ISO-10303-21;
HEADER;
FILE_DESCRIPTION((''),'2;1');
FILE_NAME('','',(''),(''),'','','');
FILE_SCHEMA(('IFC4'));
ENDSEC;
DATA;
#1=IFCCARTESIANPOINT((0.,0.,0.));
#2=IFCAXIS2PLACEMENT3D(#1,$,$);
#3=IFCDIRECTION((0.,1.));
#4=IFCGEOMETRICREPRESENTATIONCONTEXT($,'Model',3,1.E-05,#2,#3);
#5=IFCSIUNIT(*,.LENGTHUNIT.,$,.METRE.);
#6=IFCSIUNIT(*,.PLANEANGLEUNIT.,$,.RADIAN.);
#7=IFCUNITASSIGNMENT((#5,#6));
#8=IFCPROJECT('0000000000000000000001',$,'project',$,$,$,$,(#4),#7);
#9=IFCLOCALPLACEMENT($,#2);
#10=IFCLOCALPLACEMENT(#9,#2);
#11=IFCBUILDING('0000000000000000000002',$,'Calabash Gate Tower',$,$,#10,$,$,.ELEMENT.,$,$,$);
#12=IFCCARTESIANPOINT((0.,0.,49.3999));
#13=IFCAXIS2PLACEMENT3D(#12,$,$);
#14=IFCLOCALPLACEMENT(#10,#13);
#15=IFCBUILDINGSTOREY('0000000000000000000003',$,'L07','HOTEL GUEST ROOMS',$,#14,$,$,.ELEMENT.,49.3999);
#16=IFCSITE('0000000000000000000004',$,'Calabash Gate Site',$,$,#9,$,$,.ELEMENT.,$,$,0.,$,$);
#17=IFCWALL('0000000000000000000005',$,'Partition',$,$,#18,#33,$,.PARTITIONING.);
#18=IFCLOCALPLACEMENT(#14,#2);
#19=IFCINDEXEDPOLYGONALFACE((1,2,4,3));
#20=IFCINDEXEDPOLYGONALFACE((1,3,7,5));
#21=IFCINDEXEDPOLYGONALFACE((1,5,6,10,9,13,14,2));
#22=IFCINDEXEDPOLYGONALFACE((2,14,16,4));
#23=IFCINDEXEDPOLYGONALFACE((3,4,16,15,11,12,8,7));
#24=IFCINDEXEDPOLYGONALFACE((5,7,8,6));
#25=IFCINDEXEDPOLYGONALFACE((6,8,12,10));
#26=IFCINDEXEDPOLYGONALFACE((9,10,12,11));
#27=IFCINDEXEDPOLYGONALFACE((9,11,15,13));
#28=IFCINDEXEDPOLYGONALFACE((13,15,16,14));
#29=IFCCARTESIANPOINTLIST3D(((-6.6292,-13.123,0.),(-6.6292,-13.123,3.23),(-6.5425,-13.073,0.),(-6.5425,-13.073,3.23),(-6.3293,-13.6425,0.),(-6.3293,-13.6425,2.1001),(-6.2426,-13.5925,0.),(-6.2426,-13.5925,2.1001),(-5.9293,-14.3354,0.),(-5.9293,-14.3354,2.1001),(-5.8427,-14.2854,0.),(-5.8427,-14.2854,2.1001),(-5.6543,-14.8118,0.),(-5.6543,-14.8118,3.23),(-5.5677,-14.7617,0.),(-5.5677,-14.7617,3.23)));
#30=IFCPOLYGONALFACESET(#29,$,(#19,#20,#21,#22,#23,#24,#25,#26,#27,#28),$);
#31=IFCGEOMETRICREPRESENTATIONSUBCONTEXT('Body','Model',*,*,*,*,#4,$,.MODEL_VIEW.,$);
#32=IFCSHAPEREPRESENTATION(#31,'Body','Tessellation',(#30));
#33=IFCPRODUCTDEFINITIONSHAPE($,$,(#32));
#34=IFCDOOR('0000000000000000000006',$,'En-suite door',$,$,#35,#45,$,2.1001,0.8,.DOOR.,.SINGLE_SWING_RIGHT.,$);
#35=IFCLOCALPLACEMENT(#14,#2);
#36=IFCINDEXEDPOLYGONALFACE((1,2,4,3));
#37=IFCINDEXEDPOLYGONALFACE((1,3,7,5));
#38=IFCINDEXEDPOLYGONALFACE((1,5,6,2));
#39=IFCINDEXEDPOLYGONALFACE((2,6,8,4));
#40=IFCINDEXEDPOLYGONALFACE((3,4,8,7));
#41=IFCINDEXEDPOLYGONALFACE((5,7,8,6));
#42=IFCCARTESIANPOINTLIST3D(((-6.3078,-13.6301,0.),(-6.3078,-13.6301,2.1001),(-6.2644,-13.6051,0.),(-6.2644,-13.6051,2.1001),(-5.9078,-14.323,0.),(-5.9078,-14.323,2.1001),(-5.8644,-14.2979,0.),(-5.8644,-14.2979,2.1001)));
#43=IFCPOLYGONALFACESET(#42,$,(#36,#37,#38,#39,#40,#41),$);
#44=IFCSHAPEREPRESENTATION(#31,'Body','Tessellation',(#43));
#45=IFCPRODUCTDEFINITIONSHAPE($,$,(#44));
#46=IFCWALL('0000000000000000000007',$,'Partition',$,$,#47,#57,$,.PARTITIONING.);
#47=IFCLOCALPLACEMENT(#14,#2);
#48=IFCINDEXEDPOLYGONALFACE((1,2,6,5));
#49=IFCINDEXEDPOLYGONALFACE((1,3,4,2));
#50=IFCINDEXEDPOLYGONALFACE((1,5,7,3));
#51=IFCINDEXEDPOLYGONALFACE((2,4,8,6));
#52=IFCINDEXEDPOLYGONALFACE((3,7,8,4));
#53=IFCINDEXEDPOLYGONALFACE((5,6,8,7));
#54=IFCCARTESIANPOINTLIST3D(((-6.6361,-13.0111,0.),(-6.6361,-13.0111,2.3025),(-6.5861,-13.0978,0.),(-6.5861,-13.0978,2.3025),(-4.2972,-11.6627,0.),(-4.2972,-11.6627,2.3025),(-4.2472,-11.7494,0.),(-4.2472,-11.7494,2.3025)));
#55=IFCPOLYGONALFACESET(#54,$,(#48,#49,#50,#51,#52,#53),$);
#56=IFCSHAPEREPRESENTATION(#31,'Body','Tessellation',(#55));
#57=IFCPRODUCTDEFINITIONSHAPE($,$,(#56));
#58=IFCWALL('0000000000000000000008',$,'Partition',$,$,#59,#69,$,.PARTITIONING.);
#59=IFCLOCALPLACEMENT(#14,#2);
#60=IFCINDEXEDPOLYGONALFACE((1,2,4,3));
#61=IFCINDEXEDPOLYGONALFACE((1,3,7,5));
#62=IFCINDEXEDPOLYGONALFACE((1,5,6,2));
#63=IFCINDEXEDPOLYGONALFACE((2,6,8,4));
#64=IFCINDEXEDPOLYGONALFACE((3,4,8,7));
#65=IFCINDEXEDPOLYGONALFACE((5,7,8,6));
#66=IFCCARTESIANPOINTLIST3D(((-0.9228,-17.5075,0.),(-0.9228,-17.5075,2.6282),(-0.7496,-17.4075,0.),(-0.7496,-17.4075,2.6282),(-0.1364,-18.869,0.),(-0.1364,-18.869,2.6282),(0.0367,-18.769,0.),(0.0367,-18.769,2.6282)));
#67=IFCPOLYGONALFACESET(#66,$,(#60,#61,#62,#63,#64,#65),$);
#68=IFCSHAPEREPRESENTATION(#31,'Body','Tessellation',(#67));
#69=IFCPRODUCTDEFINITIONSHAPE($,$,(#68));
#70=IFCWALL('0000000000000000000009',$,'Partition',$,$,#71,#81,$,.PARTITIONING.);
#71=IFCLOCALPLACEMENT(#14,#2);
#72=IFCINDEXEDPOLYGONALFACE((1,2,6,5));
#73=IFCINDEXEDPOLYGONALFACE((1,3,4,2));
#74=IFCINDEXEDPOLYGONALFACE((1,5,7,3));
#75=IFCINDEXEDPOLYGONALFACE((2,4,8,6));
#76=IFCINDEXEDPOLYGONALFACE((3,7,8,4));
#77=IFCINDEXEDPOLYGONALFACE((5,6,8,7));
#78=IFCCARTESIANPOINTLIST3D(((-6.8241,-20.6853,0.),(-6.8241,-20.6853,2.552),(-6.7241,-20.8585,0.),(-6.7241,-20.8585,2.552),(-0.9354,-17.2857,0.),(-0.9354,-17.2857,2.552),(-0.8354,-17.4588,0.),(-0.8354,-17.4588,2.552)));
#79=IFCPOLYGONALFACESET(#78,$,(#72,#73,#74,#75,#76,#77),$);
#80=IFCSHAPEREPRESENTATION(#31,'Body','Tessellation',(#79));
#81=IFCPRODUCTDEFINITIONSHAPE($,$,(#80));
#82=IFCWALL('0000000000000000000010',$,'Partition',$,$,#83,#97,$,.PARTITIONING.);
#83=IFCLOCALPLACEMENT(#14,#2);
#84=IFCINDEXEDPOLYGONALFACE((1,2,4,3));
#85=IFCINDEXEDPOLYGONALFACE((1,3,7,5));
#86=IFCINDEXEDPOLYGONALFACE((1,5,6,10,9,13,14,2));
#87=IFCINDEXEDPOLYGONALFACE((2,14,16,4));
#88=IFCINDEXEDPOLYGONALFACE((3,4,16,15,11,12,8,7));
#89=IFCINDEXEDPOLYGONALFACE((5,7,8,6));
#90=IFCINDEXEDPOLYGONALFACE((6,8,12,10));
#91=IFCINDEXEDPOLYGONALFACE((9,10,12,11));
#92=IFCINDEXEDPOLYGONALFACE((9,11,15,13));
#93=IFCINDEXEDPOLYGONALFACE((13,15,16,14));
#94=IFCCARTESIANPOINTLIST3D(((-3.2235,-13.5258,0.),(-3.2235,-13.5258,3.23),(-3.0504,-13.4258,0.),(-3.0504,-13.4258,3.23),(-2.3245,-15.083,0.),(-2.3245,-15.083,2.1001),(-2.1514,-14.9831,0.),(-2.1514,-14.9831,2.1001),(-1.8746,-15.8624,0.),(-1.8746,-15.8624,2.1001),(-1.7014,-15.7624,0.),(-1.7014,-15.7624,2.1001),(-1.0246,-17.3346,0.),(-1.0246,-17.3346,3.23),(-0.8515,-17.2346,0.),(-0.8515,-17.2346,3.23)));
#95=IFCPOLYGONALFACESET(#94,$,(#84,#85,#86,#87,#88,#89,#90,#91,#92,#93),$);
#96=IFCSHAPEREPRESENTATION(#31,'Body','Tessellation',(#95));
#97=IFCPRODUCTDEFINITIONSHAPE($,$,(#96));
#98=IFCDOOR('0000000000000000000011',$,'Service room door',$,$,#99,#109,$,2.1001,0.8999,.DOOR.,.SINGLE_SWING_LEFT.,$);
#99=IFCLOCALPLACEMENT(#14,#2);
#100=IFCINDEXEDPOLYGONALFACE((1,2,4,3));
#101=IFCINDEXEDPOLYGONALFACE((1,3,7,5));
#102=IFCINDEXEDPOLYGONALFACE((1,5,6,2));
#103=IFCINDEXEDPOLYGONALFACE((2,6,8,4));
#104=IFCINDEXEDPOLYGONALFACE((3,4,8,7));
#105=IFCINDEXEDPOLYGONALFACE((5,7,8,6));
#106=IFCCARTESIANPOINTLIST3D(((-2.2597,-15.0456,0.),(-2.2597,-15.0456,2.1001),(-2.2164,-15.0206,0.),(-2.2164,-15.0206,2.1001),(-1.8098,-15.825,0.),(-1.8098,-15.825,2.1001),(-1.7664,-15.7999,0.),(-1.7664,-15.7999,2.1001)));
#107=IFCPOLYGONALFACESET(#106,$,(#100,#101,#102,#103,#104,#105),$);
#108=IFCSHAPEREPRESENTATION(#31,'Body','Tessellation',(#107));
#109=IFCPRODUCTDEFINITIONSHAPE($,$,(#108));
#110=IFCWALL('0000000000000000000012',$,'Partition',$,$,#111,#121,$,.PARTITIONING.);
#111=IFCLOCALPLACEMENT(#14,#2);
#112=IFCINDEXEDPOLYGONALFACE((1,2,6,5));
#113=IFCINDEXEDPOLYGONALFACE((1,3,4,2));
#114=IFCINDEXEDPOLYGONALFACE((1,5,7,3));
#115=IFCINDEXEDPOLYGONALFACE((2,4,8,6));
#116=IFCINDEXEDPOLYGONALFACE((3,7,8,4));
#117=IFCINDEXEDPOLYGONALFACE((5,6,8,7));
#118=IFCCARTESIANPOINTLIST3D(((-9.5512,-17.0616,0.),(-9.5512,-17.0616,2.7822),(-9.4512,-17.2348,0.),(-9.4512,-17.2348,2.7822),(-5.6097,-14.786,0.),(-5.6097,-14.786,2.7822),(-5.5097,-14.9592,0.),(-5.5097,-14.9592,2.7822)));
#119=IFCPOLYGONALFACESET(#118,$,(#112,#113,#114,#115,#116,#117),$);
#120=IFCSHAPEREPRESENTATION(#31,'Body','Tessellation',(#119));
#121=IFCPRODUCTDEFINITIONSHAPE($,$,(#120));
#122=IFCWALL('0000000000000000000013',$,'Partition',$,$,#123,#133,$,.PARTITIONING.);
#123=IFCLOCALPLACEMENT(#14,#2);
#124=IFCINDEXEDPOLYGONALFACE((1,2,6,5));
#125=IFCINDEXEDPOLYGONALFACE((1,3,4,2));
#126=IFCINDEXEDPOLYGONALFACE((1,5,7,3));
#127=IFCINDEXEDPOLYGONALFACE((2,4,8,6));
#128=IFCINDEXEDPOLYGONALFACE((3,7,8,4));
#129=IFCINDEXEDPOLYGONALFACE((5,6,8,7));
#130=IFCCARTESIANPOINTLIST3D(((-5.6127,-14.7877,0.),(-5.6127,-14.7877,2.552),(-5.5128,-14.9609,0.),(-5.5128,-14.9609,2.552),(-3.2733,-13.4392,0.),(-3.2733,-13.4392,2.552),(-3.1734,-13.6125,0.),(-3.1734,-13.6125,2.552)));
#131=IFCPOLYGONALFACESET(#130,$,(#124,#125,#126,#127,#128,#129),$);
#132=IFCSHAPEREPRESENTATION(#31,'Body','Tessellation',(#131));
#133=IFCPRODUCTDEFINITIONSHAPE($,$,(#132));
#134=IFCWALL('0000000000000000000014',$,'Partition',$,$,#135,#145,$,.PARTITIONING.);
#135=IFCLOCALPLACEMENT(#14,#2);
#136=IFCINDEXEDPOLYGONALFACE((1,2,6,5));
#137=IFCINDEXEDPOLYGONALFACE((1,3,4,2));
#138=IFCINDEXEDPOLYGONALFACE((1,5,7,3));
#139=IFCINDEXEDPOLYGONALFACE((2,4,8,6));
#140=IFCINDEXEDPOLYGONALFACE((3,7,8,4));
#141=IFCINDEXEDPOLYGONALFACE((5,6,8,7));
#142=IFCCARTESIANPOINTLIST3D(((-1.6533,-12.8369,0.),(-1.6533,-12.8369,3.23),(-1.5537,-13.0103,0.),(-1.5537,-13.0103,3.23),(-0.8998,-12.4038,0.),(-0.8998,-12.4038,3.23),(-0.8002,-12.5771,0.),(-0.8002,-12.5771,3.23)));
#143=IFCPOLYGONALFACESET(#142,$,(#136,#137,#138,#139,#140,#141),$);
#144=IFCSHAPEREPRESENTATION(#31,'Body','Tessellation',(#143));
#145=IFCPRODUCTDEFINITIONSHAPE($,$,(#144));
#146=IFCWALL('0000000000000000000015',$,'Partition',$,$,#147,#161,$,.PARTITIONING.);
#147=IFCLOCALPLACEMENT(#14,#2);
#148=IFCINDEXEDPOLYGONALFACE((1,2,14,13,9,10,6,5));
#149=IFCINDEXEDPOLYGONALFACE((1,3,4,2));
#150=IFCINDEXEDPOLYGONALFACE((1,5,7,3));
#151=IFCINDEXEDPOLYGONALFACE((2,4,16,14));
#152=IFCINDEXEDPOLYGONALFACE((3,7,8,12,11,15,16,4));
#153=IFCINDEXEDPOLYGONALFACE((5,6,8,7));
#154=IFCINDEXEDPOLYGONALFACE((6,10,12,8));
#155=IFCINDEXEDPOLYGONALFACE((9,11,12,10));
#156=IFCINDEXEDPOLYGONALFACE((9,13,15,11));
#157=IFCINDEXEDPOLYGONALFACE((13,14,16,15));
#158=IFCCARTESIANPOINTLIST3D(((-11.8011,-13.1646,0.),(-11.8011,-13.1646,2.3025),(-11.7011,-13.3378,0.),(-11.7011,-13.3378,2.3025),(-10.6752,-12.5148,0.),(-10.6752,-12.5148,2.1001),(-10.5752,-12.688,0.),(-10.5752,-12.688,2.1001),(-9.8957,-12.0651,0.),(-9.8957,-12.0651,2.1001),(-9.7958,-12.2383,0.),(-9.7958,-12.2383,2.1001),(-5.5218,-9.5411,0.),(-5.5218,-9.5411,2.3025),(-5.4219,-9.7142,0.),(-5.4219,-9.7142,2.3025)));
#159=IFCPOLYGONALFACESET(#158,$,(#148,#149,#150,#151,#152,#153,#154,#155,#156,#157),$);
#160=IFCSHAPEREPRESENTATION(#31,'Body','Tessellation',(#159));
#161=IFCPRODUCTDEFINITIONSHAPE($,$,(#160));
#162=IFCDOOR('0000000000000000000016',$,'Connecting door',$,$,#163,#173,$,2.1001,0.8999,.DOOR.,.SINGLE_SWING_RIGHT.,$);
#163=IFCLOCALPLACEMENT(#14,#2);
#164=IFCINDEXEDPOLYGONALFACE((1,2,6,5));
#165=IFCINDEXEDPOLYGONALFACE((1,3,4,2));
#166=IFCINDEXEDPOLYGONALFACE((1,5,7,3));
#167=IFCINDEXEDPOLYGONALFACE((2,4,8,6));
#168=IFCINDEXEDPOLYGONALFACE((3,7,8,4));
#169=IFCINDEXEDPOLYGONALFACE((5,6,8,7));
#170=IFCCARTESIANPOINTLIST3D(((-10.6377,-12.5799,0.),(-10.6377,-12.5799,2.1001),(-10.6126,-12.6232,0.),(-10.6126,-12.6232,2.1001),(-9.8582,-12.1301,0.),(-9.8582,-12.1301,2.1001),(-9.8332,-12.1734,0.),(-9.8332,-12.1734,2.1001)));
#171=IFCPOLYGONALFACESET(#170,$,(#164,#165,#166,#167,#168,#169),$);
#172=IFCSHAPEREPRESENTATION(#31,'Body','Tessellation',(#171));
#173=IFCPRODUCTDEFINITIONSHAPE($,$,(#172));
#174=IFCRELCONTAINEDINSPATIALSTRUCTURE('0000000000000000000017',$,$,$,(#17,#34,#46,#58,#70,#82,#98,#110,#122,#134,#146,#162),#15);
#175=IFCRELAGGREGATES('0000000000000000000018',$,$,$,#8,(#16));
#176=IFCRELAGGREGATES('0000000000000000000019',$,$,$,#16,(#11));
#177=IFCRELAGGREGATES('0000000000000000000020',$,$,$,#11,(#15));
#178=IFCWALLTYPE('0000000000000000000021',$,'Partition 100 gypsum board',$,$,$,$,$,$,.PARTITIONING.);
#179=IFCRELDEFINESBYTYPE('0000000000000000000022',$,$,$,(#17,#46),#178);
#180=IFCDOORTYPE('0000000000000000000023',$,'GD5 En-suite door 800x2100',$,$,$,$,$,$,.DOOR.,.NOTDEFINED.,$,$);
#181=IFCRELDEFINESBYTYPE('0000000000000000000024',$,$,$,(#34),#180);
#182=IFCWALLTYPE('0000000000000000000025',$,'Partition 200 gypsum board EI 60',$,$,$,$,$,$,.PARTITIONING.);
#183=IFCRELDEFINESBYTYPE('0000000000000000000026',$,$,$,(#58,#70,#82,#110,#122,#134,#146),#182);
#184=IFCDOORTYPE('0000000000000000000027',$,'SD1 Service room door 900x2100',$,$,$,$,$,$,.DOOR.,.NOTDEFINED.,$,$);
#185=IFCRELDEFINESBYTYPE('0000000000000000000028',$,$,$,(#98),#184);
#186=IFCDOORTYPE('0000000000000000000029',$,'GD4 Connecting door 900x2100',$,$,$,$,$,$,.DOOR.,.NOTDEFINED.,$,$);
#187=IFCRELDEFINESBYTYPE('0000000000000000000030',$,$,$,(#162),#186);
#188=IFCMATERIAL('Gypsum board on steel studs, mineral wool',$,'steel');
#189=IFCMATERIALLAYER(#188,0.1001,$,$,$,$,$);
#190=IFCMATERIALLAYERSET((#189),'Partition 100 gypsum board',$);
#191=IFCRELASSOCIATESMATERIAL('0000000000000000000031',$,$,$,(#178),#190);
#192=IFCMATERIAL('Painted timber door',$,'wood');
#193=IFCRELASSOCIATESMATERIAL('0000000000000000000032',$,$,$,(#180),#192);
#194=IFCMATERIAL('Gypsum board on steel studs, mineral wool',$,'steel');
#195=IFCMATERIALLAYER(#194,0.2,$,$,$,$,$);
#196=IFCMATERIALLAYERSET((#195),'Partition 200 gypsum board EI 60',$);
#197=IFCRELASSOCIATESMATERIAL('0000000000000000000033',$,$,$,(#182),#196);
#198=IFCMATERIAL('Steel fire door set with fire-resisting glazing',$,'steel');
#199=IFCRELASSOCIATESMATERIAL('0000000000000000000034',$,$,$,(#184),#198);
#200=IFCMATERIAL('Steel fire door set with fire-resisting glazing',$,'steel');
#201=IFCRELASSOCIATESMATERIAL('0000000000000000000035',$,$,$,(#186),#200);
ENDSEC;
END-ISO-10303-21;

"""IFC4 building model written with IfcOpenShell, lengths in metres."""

from ifc_helpers import new_model, si_unit, direction, frame, frame_2d, origin, place, context, subcontext, project, spatial, rectangle, extrude, material, layer, layer_set, type_object, element, fill, save


model = new_model("IFC4")

# Units and contexts
model_context = context("Model", 3, precision=1e-05, world=origin(), true_north=direction((0.0, 1.0)))
body_context = subcontext(model_context, "Body", "Model", "MODEL_VIEW")
ifc_project = project(units=[si_unit("LENGTHUNIT", "METRE"), si_unit("PLANEANGLEUNIT", "RADIAN")], contexts=[model_context])

# Site, building, storey
site_placement = place(None, origin())
site = spatial("IfcSite", under=ifc_project, at=site_placement, Name="Calabash Gate Site", CompositionType="ELEMENT", RefElevation=0.0)
building_placement = place(site_placement, origin())
building = spatial("IfcBuilding", under=site, at=building_placement, Name="Calabash Gate Tower", CompositionType="ELEMENT")
storey_placement = place(building_placement, frame((0.0, 0.0, 49.3999)))
storey = spatial("IfcBuildingStorey", under=building, at=storey_placement, Name="L07", Description="HOTEL GUEST ROOMS", CompositionType="ELEMENT", Elevation=49.3999)

# Shared definitions
ifc_material_1 = material(Name="Gypsum board on steel studs, mineral wool", Category="steel")
ifc_layer_1 = layer(ifc_material_1, 0.1001)
ifc_layer_set_1 = layer_set([ifc_layer_1], Name="Partition 100 gypsum board")
wall_type_1 = type_object("IfcWallType", Name="Partition 100 gypsum board", PredefinedType="PARTITIONING", material=ifc_layer_set_1)

# Wall, opening, door
wall_1_placement = place(storey_placement, frame((-6.5859, -13.0979, 0.0), z_axis=(0.0, 0.0, 1.0), x_axis=(0.49995, -0.866054, 0.0)))
wall_1 = element("IfcWall", 1, at=wall_1_placement, inside=storey, type_object=wall_type_1, Name="Partition", PredefinedType="PARTITIONING", context=body_context, shape_type="SweptSolid", body=[
    extrude(rectangle(XDim=1.95, YDim=0.1001, at=frame_2d((0.9751, 0.0))), origin(), (0.0, 0.0, 1.0), 3.23),
])
opening_1_placement = place(wall_1_placement, frame((0.6001, 0.0, 0.0)))
opening_1 = element("IfcOpeningElement", 2, at=opening_1_placement, cuts=wall_1, PredefinedType="OPENING", context=body_context, shape_type="SweptSolid", body=[
    extrude(rectangle(XDim=0.8, YDim=2.1001, at=frame_2d((0.3999, 1.05))), frame((0.0, 0.0601, 0.0), z_axis=(0.0, -1.0, 0.0), x_axis=(1.0, 0.0, 0.0)), (0.0, 0.0, 1.0), 0.1201),
])
ifc_material_2 = material(Name="Painted timber door", Category="wood")
door_type_1 = type_object("IfcDoorType", Name="GD5 En-suite door 800x2100", OperationType="NOTDEFINED", PredefinedType="DOOR", material=ifc_material_2)
door_1_placement = place(opening_1_placement, origin())
door_1 = element("IfcDoor", 3, at=door_1_placement, inside=storey, type_object=door_type_1, Name="En-suite door", OperationType="SINGLE_SWING_RIGHT", OverallHeight=2.1001, OverallWidth=0.8, PredefinedType="DOOR", context=body_context, shape_type="SweptSolid", body=[
    extrude(rectangle(XDim=0.8, YDim=2.1001, at=frame_2d((0.3999, 1.05))), frame((0.0, 0.0249, 0.0), z_axis=(0.0, -1.0, 0.0), x_axis=(1.0, 0.0, 0.0)), (0.0, 0.0, 1.0), 0.05),
])
fill(opening_1, door_1)

# Walls
wall_2_placement = place(storey_placement, frame((-6.6111, -13.0544, 0.0), z_axis=(0.0, 0.0, 1.0), x_axis=(0.866339, 0.499456, 0.0)))
element("IfcWall", 4, at=wall_2_placement, inside=storey, type_object=wall_type_1, Name="Partition", PredefinedType="PARTITIONING", context=body_context, shape_type="SweptSolid", body=[
    extrude(rectangle(XDim=2.6997, YDim=0.1001, at=frame_2d((1.3499, 0.0))), origin(), (0.0, 0.0, 1.0), 2.3025),
])
ifc_material_3 = material(Name="Gypsum board on steel studs, mineral wool", Category="steel")
ifc_layer_2 = layer(ifc_material_3, 0.2)
ifc_layer_set_2 = layer_set([ifc_layer_2], Name="Partition 200 gypsum board EI 60")
wall_type_2 = type_object("IfcWallType", Name="Partition 200 gypsum board EI 60", PredefinedType="PARTITIONING", material=ifc_layer_set_2)
wall_3_placement = place(storey_placement, frame((-0.8362, -17.4575, 0.0), z_axis=(0.0, 0.0, 1.0), x_axis=(0.50013, -0.86595, 0.0)))
element("IfcWall", 5, at=wall_3_placement, inside=storey, type_object=wall_type_2, Name="Partition", PredefinedType="PARTITIONING", context=body_context, shape_type="SweptSolid", body=[
    extrude(rectangle(XDim=1.5723, YDim=0.2, at=frame_2d((0.7861, 0.0))), origin(), (0.0, 0.0, 1.0), 2.6282),
])
wall_4_placement = place(storey_placement, frame((-6.7742, -20.772, 0.0), z_axis=(0.0, 0.0, 1.0), x_axis=(0.866036, 0.499981, 0.0)))
element("IfcWall", 6, at=wall_4_placement, inside=storey, type_object=wall_type_2, Name="Partition", PredefinedType="PARTITIONING", context=body_context, shape_type="SweptSolid", body=[
    extrude(rectangle(XDim=6.7996, YDim=0.2, at=frame_2d((3.3999, 0.0))), origin(), (0.0, 0.0, 1.0), 2.552),
])

# Wall, opening, door
wall_5_placement = place(storey_placement, frame((-3.137, -13.4758, 0.0), z_axis=(0.0, 0.0, 1.0), x_axis=(0.49999, -0.866031, 0.0)))
wall_5 = element("IfcWall", 7, at=wall_5_placement, inside=storey, type_object=wall_type_2, Name="Partition", PredefinedType="PARTITIONING", context=body_context, shape_type="SweptSolid", body=[
    extrude(rectangle(XDim=4.3979, YDim=0.2, at=frame_2d((2.199, 0.0))), origin(), (0.0, 0.0, 1.0), 3.23),
])
opening_2_placement = place(wall_5_placement, frame((1.7981, 0.0, 0.0)))
opening_2 = element("IfcOpeningElement", 8, at=opening_2_placement, cuts=wall_5, PredefinedType="OPENING", context=body_context, shape_type="SweptSolid", body=[
    extrude(rectangle(XDim=0.8999, YDim=2.1001, at=frame_2d((0.45, 1.05))), frame((0.0, 0.1099, 0.0), z_axis=(0.0, -1.0, 0.0), x_axis=(1.0, 0.0, 0.0)), (0.0, 0.0, 1.0), 0.22),
])
ifc_material_4 = material(Name="Steel fire door set with fire-resisting glazing", Category="steel")
door_type_2 = type_object("IfcDoorType", Name="SD1 Service room door 900x2100", OperationType="NOTDEFINED", PredefinedType="DOOR", material=ifc_material_4)
door_2_placement = place(opening_2_placement, origin())
door_2 = element("IfcDoor", 9, at=door_2_placement, inside=storey, type_object=door_type_2, Name="Service room door", OperationType="SINGLE_SWING_LEFT", OverallHeight=2.1001, OverallWidth=0.8999, PredefinedType="DOOR", context=body_context, shape_type="SweptSolid", body=[
    extrude(rectangle(XDim=0.8999, YDim=2.1001, at=frame_2d((0.45, 1.05))), frame((0.0, 0.0249, 0.0), z_axis=(0.0, -1.0, 0.0), x_axis=(1.0, 0.0, 0.0)), (0.0, 0.0, 1.0), 0.05),
])
fill(opening_2, door_2)

# Walls
wall_6_placement = place(storey_placement, frame((-9.5012, -17.1482, 0.0), z_axis=(0.0, 0.0, 1.0), x_axis=(0.866033, 0.499987, 0.0)))
element("IfcWall", 10, at=wall_6_placement, inside=storey, type_object=wall_type_2, Name="Partition", PredefinedType="PARTITIONING", context=body_context, shape_type="SweptSolid", body=[
    extrude(rectangle(XDim=4.5513, YDim=0.2, at=frame_2d((2.2756, 0.0))), origin(), (0.0, 0.0, 1.0), 2.7822),
])
wall_7_placement = place(storey_placement, frame((-5.5627, -14.8743, 0.0), z_axis=(0.0, 0.0, 1.0), x_axis=(0.866384, 0.499378, 0.0)))
element("IfcWall", 11, at=wall_7_placement, inside=storey, type_object=wall_type_2, Name="Partition", PredefinedType="PARTITIONING", context=body_context, shape_type="SweptSolid", body=[
    extrude(rectangle(XDim=2.7002, YDim=0.2, at=frame_2d((1.3501, 0.0))), origin(), (0.0, 0.0, 1.0), 2.552),
])
wall_8_placement = place(storey_placement, frame((-1.6035, -12.9236, 0.0), z_axis=(0.0, 0.0, 1.0), x_axis=(0.866961, 0.498376, 0.0)))
element("IfcWall", 12, at=wall_8_placement, inside=storey, type_object=wall_type_2, Name="Partition", PredefinedType="PARTITIONING", context=body_context, shape_type="SweptSolid", body=[
    extrude(rectangle(XDim=0.8691, YDim=0.2, at=frame_2d((0.4346, 0.0))), origin(), (0.0, 0.0, 1.0), 3.23),
])

# Wall, opening, door
wall_9_placement = place(storey_placement, frame((-11.7512, -13.2512, 0.0), z_axis=(0.0, 0.0, 1.0), x_axis=(0.866134, 0.499812, 0.0)))
wall_9 = element("IfcWall", 13, at=wall_9_placement, inside=storey, type_object=wall_type_2, Name="Partition", PredefinedType="PARTITIONING", context=body_context, shape_type="SweptSolid", body=[
    extrude(rectangle(XDim=7.2498, YDim=0.2, at=frame_2d((3.625, 0.0))), origin(), (0.0, 0.0, 1.0), 2.3025),
])
opening_3_placement = place(wall_9_placement, frame((1.3, 0.0, 0.0)))
opening_3 = element("IfcOpeningElement", 14, at=opening_3_placement, cuts=wall_9, PredefinedType="OPENING", context=body_context, shape_type="SweptSolid", body=[
    extrude(rectangle(XDim=0.8999, YDim=2.1001, at=frame_2d((0.45, 1.05))), frame((0.0, 0.1099, 0.0), z_axis=(0.0, -1.0, 0.0), x_axis=(1.0, 0.0, 0.0)), (0.0, 0.0, 1.0), 0.22),
])
ifc_material_5 = material(Name="Steel fire door set with fire-resisting glazing", Category="steel")
door_type_3 = type_object("IfcDoorType", Name="GD4 Connecting door 900x2100", OperationType="NOTDEFINED", PredefinedType="DOOR", material=ifc_material_5)
door_3_placement = place(opening_3_placement, origin())
door_3 = element("IfcDoor", 15, at=door_3_placement, inside=storey, type_object=door_type_3, Name="Connecting door", OperationType="SINGLE_SWING_RIGHT", OverallHeight=2.1001, OverallWidth=0.8999, PredefinedType="DOOR", context=body_context, shape_type="SweptSolid", body=[
    extrude(rectangle(XDim=0.8999, YDim=2.1001, at=frame_2d((0.45, 1.05))), frame((0.0, 0.0249, 0.0), z_axis=(0.0, -1.0, 0.0), x_axis=(1.0, 0.0, 0.0)), (0.0, 0.0, 1.0), 0.05),
])
fill(opening_3, door_3)

save(model, "model.ifc")
